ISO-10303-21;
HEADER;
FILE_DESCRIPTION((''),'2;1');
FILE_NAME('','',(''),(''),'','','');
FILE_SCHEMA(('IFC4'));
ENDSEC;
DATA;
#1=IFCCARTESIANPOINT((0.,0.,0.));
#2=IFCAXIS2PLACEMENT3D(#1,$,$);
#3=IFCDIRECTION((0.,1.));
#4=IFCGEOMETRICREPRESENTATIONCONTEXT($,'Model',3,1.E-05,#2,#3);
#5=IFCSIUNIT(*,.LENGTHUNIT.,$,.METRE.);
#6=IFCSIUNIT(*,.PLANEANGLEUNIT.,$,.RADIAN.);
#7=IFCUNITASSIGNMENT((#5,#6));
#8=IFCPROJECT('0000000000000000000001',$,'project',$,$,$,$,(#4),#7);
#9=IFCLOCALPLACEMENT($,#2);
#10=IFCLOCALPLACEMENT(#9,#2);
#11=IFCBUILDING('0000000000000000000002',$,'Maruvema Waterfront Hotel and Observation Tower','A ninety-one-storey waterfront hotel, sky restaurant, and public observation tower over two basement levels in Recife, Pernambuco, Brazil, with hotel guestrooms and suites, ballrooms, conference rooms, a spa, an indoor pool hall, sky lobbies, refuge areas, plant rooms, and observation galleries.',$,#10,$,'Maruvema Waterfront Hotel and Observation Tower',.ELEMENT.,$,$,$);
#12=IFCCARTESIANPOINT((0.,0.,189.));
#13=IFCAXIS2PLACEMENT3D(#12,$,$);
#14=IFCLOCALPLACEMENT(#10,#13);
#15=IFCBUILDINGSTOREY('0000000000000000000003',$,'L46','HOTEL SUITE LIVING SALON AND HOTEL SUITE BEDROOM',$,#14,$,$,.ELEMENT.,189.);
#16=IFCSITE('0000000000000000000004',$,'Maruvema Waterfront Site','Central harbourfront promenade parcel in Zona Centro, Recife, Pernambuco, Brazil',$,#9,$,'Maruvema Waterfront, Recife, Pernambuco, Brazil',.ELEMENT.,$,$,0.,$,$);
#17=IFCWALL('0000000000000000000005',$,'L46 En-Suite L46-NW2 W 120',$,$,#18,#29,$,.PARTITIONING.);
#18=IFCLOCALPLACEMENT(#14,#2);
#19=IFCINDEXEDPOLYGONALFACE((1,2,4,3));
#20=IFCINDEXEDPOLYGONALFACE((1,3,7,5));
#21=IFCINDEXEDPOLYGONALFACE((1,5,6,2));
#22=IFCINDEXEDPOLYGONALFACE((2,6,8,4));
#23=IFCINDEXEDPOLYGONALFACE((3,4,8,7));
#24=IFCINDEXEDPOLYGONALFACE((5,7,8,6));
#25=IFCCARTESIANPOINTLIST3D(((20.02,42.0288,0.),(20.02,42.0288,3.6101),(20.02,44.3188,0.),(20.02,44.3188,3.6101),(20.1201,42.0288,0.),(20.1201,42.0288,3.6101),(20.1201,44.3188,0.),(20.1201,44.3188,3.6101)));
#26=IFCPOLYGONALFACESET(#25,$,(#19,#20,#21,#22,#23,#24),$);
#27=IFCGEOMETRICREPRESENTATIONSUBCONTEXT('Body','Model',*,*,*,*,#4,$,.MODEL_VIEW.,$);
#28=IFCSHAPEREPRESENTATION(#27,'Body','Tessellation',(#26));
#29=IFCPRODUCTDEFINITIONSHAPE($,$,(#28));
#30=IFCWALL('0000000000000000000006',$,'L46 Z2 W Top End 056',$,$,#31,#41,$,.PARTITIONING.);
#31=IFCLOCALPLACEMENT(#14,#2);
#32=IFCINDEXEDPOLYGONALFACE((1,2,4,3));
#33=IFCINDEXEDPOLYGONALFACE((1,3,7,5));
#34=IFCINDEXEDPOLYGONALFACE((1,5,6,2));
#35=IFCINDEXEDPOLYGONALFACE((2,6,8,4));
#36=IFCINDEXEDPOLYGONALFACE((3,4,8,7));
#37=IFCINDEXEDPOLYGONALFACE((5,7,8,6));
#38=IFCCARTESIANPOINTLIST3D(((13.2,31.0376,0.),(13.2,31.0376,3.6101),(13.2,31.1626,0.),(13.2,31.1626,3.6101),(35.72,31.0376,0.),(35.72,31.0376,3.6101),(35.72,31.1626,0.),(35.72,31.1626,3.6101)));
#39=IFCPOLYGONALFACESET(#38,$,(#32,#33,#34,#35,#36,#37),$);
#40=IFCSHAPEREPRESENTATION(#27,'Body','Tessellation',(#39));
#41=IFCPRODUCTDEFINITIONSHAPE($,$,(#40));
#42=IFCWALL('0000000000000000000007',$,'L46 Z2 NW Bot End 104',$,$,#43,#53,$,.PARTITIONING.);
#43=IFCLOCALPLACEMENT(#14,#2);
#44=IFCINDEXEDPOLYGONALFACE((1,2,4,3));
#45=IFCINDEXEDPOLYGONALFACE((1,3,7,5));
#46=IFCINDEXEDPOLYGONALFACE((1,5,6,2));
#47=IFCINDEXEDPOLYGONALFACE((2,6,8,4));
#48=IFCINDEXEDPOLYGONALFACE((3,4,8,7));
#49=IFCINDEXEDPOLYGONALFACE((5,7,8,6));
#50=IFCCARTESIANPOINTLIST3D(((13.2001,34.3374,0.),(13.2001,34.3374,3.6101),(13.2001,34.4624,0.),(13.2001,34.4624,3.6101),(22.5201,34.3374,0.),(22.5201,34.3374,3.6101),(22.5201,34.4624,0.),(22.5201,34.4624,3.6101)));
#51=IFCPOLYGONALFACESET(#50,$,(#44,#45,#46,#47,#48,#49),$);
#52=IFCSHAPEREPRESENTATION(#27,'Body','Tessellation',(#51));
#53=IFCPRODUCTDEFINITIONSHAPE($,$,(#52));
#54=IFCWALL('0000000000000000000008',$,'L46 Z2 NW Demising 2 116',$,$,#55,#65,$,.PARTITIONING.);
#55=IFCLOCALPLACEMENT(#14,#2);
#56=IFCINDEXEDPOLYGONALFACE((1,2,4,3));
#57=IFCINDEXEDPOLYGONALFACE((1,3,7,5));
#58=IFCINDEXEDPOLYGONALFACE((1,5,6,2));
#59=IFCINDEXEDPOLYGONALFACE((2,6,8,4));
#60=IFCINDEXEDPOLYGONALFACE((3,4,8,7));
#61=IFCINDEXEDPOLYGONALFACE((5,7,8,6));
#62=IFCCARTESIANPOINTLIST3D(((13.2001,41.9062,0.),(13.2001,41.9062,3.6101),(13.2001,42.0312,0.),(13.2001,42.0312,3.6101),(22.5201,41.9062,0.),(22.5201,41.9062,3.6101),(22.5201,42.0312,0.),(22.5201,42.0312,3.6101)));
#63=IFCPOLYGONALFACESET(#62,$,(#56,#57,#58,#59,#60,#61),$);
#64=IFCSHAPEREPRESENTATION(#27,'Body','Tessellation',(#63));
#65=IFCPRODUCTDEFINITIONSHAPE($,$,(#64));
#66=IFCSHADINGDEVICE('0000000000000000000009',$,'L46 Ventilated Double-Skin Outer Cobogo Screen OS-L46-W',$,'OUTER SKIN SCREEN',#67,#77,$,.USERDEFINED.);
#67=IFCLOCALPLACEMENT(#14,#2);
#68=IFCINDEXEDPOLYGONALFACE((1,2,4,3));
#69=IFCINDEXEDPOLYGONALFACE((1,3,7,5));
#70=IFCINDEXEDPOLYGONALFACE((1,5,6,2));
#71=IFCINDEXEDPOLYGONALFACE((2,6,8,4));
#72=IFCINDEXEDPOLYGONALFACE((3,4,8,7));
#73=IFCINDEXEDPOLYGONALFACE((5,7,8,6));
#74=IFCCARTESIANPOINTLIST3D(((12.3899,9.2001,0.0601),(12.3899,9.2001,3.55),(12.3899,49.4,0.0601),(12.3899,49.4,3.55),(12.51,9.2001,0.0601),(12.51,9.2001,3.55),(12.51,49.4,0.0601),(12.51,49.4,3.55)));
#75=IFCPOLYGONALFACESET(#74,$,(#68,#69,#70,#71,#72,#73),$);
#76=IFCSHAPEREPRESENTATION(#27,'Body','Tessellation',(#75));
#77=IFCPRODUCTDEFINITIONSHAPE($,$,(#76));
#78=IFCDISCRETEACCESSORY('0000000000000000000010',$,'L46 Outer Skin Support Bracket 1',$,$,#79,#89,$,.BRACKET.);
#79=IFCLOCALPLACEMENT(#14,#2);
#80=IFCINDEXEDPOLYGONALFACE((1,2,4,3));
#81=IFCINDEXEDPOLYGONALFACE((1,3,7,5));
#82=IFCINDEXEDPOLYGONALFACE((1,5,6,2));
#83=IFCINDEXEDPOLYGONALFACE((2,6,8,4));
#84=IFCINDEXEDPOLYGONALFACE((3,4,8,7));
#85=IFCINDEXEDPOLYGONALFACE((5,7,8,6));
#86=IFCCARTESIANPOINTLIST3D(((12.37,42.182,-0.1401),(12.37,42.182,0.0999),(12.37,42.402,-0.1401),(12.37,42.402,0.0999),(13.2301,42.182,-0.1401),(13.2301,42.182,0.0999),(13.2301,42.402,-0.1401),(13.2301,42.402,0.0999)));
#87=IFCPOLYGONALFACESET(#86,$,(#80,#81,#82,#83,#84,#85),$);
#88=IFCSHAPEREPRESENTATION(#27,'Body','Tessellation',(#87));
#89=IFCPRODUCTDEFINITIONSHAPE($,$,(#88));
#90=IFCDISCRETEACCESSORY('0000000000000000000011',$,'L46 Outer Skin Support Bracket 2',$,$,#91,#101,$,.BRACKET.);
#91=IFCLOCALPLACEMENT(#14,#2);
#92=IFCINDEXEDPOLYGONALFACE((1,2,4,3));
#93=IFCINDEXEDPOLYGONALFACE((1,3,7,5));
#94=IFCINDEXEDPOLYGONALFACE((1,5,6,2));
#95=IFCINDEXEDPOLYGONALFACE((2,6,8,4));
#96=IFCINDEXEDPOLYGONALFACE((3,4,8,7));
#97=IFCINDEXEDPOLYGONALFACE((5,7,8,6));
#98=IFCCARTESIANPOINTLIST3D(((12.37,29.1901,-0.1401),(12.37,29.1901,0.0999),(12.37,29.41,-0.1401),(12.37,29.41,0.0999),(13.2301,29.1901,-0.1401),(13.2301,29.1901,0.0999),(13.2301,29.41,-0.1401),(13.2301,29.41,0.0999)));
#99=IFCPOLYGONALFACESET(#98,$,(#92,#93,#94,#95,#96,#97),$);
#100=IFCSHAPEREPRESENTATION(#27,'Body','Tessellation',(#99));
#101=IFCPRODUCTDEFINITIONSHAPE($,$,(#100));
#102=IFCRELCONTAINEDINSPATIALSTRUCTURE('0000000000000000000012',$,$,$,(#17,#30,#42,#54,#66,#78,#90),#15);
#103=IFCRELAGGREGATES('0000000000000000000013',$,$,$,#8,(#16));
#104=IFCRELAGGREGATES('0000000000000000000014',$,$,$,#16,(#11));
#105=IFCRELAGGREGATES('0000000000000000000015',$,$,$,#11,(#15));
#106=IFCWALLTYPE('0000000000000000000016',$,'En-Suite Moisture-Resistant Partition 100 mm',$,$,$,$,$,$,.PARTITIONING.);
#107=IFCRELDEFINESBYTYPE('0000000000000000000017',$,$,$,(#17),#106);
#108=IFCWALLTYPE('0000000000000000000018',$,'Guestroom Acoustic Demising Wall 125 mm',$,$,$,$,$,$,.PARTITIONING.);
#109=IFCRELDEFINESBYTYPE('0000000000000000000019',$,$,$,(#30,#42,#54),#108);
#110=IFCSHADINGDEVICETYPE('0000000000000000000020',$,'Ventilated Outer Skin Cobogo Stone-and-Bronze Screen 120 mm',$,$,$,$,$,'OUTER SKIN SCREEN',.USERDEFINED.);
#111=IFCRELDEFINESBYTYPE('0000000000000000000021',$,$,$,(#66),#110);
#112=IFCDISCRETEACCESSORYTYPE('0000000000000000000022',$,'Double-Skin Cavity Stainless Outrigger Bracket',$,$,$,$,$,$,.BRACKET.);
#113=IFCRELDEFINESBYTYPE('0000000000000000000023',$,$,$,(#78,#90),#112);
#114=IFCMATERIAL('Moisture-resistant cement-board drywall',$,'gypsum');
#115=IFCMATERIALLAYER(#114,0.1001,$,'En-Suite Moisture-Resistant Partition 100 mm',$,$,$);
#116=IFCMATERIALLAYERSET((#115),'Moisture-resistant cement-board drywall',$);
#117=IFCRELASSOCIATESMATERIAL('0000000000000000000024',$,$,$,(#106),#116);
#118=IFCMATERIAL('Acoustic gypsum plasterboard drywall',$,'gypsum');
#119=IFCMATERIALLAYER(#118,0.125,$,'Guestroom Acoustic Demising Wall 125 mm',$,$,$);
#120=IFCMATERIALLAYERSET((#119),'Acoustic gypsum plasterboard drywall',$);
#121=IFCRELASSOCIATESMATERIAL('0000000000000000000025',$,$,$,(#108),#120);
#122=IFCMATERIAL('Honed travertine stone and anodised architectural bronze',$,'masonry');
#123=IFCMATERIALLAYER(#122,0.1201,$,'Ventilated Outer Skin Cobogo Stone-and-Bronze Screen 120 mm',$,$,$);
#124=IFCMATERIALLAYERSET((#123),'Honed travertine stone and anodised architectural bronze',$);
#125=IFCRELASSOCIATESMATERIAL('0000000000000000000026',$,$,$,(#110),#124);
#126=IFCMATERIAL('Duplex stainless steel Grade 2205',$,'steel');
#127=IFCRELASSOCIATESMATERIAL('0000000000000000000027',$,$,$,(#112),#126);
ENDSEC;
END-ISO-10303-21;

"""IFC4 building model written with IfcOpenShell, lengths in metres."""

from ifc_helpers import new_model, si_unit, direction, frame, frame_2d, origin, origin_2d, place, context, subcontext, project, spatial, rectangle, extrude, material, layer, layer_set, type_object, element, save


model = new_model("IFC4")

# Units and contexts
model_context = context("Model", 3, precision=1e-05, world=origin(), true_north=direction((0.0, 1.0)))
body_context = subcontext(model_context, "Body", "Model", "MODEL_VIEW")
ifc_project = project(units=[si_unit("LENGTHUNIT", "METRE"), si_unit("PLANEANGLEUNIT", "RADIAN")], contexts=[model_context])

# Site, building, storey
site_placement = place(None, origin())
site = spatial("IfcSite", under=ifc_project, at=site_placement, Name="Maruvema Waterfront Site", Description="Central harbourfront promenade parcel in Zona Centro, Recife, Pernambuco, Brazil", LongName="Maruvema Waterfront, Recife, Pernambuco, Brazil", CompositionType="ELEMENT", RefElevation=0.0)
building_placement = place(site_placement, origin())
building = spatial("IfcBuilding", under=site, at=building_placement, Name="Maruvema Waterfront Hotel and Observation Tower", Description="A ninety-one-storey waterfront hotel, sky restaurant, and public observation tower over two basement levels in Recife, Pernambuco, Brazil, with hotel guestrooms and suites, ballrooms, conference rooms, a spa, an indoor pool hall, sky lobbies, refuge areas, plant rooms, and observation galleries.", LongName="Maruvema Waterfront Hotel and Observation Tower", CompositionType="ELEMENT")
storey_placement = place(building_placement, frame((0.0, 0.0, 189.0)))
storey = spatial("IfcBuildingStorey", under=building, at=storey_placement, Name="L46", Description="HOTEL SUITE LIVING SALON AND HOTEL SUITE BEDROOM", CompositionType="ELEMENT", Elevation=189.0)

# Shared definitions
ifc_material_1 = material(Name="Moisture-resistant cement-board drywall", Category="gypsum")
ifc_layer_1 = layer(ifc_material_1, 0.1001, Name="En-Suite Moisture-Resistant Partition 100 mm")
ifc_layer_set_1 = layer_set([ifc_layer_1], Name="Moisture-resistant cement-board drywall")
wall_type_1 = type_object("IfcWallType", Name="En-Suite Moisture-Resistant Partition 100 mm", PredefinedType="PARTITIONING", material=ifc_layer_set_1)

# Walls
wall_1_placement = place(storey_placement, frame((20.0701, 42.0288, 0.0), z_axis=(0.0, 0.0, 1.0), x_axis=(0.0, 1.0, 0.0)))
element("IfcWall", 1, at=wall_1_placement, inside=storey, type_object=wall_type_1, Name="L46 En-Suite L46-NW2 W 120", PredefinedType="PARTITIONING", context=body_context, shape_type="SweptSolid", body=[
    extrude(rectangle(XDim=2.29, YDim=0.1001, at=frame_2d((1.145, 0.0))), origin(), (0.0, 0.0, 1.0), 3.6101),
])
ifc_material_2 = material(Name="Acoustic gypsum plasterboard drywall", Category="gypsum")
ifc_layer_2 = layer(ifc_material_2, 0.125, Name="Guestroom Acoustic Demising Wall 125 mm")
ifc_layer_set_2 = layer_set([ifc_layer_2], Name="Acoustic gypsum plasterboard drywall")
wall_type_2 = type_object("IfcWallType", Name="Guestroom Acoustic Demising Wall 125 mm", PredefinedType="PARTITIONING", material=ifc_layer_set_2)
wall_2_placement = place(storey_placement, frame((13.2, 31.1001, 0.0), z_axis=(0.0, 0.0, 1.0), x_axis=(1.0, 0.0, 0.0)))
element("IfcWall", 2, at=wall_2_placement, inside=storey, type_object=wall_type_2, Name="L46 Z2 W Top End 056", PredefinedType="PARTITIONING", context=body_context, shape_type="SweptSolid", body=[
    extrude(rectangle(XDim=22.52, YDim=0.125, at=frame_2d((11.26, 0.0))), origin(), (0.0, 0.0, 1.0), 3.6101),
])
for number, where, z_axis, x_axis, name in (
    (3, (13.2, 34.3999, 0.0), (0.0, 0.0, 1.0), (1.0, 0.0, 0.0), "L46 Z2 NW Bot End 104"),
    (4, (13.2, 41.9688, 0.0), (0.0, 0.0, 1.0), (1.0, 0.0, 0.0), "L46 Z2 NW Demising 2 116"),
):
    element("IfcWall", number, at=place(storey_placement, frame(where, z_axis=z_axis, x_axis=x_axis)), inside=storey, type_object=wall_type_2, Name=name, PredefinedType="PARTITIONING", context=body_context, shape_type="SweptSolid", body=[
        extrude(rectangle(XDim=9.3201, YDim=0.125, at=frame_2d((4.6602, 0.0))), origin(), (0.0, 0.0, 1.0), 3.6101),
    ])

# Shading device
ifc_material_3 = material(Name="Honed travertine stone and anodised architectural bronze", Category="masonry")
ifc_layer_3 = layer(ifc_material_3, 0.1201, Name="Ventilated Outer Skin Cobogo Stone-and-Bronze Screen 120 mm")
ifc_layer_set_3 = layer_set([ifc_layer_3], Name="Honed travertine stone and anodised architectural bronze")
shading_device_type = type_object("IfcShadingDeviceType", Name="Ventilated Outer Skin Cobogo Stone-and-Bronze Screen 120 mm", ElementType="OUTER SKIN SCREEN", PredefinedType="USERDEFINED", material=ifc_layer_set_3)
shading_device_placement = place(storey_placement, frame((12.45, 29.3, 0.0601), z_axis=(0.0, 0.0, 1.0), x_axis=(0.0, -1.0, 0.0)))
element("IfcShadingDevice", 5, at=shading_device_placement, inside=storey, type_object=shading_device_type, Name="L46 Ventilated Double-Skin Outer Cobogo Screen OS-L46-W", ObjectType="OUTER SKIN SCREEN", PredefinedType="USERDEFINED", context=body_context, shape_type="SweptSolid", body=[
    extrude(rectangle(XDim=40.2, YDim=0.1201, at=origin_2d()), origin(), (0.0, 0.0, 1.0), 3.49),
])

# Discrete accessories
ifc_material_4 = material(Name="Duplex stainless steel Grade 2205", Category="steel")
discrete_accessory_type = type_object("IfcDiscreteAccessoryType", Name="Double-Skin Cavity Stainless Outrigger Bracket", PredefinedType="BRACKET", material=ifc_material_4)
for number, where, z_axis, x_axis, name in (
    (6, (12.8, 42.292, -0.1401), (0.0, 0.0, 1.0), (0.0, -1.0, 0.0), "L46 Outer Skin Support Bracket 1"),
    (7, (12.8, 29.3, -0.1401), (0.0, 0.0, 1.0), (0.0, -1.0, 0.0), "L46 Outer Skin Support Bracket 2"),
):
    element("IfcDiscreteAccessory", number, at=place(storey_placement, frame(where, z_axis=z_axis, x_axis=x_axis)), inside=storey, type_object=discrete_accessory_type, Name=name, PredefinedType="BRACKET", context=body_context, shape_type="SweptSolid", body=[
        extrude(rectangle(XDim=0.22, YDim=0.8601, at=origin_2d()), origin(), (0.0, 0.0, 1.0), 0.24),
    ])

save(model, "model.ifc")
